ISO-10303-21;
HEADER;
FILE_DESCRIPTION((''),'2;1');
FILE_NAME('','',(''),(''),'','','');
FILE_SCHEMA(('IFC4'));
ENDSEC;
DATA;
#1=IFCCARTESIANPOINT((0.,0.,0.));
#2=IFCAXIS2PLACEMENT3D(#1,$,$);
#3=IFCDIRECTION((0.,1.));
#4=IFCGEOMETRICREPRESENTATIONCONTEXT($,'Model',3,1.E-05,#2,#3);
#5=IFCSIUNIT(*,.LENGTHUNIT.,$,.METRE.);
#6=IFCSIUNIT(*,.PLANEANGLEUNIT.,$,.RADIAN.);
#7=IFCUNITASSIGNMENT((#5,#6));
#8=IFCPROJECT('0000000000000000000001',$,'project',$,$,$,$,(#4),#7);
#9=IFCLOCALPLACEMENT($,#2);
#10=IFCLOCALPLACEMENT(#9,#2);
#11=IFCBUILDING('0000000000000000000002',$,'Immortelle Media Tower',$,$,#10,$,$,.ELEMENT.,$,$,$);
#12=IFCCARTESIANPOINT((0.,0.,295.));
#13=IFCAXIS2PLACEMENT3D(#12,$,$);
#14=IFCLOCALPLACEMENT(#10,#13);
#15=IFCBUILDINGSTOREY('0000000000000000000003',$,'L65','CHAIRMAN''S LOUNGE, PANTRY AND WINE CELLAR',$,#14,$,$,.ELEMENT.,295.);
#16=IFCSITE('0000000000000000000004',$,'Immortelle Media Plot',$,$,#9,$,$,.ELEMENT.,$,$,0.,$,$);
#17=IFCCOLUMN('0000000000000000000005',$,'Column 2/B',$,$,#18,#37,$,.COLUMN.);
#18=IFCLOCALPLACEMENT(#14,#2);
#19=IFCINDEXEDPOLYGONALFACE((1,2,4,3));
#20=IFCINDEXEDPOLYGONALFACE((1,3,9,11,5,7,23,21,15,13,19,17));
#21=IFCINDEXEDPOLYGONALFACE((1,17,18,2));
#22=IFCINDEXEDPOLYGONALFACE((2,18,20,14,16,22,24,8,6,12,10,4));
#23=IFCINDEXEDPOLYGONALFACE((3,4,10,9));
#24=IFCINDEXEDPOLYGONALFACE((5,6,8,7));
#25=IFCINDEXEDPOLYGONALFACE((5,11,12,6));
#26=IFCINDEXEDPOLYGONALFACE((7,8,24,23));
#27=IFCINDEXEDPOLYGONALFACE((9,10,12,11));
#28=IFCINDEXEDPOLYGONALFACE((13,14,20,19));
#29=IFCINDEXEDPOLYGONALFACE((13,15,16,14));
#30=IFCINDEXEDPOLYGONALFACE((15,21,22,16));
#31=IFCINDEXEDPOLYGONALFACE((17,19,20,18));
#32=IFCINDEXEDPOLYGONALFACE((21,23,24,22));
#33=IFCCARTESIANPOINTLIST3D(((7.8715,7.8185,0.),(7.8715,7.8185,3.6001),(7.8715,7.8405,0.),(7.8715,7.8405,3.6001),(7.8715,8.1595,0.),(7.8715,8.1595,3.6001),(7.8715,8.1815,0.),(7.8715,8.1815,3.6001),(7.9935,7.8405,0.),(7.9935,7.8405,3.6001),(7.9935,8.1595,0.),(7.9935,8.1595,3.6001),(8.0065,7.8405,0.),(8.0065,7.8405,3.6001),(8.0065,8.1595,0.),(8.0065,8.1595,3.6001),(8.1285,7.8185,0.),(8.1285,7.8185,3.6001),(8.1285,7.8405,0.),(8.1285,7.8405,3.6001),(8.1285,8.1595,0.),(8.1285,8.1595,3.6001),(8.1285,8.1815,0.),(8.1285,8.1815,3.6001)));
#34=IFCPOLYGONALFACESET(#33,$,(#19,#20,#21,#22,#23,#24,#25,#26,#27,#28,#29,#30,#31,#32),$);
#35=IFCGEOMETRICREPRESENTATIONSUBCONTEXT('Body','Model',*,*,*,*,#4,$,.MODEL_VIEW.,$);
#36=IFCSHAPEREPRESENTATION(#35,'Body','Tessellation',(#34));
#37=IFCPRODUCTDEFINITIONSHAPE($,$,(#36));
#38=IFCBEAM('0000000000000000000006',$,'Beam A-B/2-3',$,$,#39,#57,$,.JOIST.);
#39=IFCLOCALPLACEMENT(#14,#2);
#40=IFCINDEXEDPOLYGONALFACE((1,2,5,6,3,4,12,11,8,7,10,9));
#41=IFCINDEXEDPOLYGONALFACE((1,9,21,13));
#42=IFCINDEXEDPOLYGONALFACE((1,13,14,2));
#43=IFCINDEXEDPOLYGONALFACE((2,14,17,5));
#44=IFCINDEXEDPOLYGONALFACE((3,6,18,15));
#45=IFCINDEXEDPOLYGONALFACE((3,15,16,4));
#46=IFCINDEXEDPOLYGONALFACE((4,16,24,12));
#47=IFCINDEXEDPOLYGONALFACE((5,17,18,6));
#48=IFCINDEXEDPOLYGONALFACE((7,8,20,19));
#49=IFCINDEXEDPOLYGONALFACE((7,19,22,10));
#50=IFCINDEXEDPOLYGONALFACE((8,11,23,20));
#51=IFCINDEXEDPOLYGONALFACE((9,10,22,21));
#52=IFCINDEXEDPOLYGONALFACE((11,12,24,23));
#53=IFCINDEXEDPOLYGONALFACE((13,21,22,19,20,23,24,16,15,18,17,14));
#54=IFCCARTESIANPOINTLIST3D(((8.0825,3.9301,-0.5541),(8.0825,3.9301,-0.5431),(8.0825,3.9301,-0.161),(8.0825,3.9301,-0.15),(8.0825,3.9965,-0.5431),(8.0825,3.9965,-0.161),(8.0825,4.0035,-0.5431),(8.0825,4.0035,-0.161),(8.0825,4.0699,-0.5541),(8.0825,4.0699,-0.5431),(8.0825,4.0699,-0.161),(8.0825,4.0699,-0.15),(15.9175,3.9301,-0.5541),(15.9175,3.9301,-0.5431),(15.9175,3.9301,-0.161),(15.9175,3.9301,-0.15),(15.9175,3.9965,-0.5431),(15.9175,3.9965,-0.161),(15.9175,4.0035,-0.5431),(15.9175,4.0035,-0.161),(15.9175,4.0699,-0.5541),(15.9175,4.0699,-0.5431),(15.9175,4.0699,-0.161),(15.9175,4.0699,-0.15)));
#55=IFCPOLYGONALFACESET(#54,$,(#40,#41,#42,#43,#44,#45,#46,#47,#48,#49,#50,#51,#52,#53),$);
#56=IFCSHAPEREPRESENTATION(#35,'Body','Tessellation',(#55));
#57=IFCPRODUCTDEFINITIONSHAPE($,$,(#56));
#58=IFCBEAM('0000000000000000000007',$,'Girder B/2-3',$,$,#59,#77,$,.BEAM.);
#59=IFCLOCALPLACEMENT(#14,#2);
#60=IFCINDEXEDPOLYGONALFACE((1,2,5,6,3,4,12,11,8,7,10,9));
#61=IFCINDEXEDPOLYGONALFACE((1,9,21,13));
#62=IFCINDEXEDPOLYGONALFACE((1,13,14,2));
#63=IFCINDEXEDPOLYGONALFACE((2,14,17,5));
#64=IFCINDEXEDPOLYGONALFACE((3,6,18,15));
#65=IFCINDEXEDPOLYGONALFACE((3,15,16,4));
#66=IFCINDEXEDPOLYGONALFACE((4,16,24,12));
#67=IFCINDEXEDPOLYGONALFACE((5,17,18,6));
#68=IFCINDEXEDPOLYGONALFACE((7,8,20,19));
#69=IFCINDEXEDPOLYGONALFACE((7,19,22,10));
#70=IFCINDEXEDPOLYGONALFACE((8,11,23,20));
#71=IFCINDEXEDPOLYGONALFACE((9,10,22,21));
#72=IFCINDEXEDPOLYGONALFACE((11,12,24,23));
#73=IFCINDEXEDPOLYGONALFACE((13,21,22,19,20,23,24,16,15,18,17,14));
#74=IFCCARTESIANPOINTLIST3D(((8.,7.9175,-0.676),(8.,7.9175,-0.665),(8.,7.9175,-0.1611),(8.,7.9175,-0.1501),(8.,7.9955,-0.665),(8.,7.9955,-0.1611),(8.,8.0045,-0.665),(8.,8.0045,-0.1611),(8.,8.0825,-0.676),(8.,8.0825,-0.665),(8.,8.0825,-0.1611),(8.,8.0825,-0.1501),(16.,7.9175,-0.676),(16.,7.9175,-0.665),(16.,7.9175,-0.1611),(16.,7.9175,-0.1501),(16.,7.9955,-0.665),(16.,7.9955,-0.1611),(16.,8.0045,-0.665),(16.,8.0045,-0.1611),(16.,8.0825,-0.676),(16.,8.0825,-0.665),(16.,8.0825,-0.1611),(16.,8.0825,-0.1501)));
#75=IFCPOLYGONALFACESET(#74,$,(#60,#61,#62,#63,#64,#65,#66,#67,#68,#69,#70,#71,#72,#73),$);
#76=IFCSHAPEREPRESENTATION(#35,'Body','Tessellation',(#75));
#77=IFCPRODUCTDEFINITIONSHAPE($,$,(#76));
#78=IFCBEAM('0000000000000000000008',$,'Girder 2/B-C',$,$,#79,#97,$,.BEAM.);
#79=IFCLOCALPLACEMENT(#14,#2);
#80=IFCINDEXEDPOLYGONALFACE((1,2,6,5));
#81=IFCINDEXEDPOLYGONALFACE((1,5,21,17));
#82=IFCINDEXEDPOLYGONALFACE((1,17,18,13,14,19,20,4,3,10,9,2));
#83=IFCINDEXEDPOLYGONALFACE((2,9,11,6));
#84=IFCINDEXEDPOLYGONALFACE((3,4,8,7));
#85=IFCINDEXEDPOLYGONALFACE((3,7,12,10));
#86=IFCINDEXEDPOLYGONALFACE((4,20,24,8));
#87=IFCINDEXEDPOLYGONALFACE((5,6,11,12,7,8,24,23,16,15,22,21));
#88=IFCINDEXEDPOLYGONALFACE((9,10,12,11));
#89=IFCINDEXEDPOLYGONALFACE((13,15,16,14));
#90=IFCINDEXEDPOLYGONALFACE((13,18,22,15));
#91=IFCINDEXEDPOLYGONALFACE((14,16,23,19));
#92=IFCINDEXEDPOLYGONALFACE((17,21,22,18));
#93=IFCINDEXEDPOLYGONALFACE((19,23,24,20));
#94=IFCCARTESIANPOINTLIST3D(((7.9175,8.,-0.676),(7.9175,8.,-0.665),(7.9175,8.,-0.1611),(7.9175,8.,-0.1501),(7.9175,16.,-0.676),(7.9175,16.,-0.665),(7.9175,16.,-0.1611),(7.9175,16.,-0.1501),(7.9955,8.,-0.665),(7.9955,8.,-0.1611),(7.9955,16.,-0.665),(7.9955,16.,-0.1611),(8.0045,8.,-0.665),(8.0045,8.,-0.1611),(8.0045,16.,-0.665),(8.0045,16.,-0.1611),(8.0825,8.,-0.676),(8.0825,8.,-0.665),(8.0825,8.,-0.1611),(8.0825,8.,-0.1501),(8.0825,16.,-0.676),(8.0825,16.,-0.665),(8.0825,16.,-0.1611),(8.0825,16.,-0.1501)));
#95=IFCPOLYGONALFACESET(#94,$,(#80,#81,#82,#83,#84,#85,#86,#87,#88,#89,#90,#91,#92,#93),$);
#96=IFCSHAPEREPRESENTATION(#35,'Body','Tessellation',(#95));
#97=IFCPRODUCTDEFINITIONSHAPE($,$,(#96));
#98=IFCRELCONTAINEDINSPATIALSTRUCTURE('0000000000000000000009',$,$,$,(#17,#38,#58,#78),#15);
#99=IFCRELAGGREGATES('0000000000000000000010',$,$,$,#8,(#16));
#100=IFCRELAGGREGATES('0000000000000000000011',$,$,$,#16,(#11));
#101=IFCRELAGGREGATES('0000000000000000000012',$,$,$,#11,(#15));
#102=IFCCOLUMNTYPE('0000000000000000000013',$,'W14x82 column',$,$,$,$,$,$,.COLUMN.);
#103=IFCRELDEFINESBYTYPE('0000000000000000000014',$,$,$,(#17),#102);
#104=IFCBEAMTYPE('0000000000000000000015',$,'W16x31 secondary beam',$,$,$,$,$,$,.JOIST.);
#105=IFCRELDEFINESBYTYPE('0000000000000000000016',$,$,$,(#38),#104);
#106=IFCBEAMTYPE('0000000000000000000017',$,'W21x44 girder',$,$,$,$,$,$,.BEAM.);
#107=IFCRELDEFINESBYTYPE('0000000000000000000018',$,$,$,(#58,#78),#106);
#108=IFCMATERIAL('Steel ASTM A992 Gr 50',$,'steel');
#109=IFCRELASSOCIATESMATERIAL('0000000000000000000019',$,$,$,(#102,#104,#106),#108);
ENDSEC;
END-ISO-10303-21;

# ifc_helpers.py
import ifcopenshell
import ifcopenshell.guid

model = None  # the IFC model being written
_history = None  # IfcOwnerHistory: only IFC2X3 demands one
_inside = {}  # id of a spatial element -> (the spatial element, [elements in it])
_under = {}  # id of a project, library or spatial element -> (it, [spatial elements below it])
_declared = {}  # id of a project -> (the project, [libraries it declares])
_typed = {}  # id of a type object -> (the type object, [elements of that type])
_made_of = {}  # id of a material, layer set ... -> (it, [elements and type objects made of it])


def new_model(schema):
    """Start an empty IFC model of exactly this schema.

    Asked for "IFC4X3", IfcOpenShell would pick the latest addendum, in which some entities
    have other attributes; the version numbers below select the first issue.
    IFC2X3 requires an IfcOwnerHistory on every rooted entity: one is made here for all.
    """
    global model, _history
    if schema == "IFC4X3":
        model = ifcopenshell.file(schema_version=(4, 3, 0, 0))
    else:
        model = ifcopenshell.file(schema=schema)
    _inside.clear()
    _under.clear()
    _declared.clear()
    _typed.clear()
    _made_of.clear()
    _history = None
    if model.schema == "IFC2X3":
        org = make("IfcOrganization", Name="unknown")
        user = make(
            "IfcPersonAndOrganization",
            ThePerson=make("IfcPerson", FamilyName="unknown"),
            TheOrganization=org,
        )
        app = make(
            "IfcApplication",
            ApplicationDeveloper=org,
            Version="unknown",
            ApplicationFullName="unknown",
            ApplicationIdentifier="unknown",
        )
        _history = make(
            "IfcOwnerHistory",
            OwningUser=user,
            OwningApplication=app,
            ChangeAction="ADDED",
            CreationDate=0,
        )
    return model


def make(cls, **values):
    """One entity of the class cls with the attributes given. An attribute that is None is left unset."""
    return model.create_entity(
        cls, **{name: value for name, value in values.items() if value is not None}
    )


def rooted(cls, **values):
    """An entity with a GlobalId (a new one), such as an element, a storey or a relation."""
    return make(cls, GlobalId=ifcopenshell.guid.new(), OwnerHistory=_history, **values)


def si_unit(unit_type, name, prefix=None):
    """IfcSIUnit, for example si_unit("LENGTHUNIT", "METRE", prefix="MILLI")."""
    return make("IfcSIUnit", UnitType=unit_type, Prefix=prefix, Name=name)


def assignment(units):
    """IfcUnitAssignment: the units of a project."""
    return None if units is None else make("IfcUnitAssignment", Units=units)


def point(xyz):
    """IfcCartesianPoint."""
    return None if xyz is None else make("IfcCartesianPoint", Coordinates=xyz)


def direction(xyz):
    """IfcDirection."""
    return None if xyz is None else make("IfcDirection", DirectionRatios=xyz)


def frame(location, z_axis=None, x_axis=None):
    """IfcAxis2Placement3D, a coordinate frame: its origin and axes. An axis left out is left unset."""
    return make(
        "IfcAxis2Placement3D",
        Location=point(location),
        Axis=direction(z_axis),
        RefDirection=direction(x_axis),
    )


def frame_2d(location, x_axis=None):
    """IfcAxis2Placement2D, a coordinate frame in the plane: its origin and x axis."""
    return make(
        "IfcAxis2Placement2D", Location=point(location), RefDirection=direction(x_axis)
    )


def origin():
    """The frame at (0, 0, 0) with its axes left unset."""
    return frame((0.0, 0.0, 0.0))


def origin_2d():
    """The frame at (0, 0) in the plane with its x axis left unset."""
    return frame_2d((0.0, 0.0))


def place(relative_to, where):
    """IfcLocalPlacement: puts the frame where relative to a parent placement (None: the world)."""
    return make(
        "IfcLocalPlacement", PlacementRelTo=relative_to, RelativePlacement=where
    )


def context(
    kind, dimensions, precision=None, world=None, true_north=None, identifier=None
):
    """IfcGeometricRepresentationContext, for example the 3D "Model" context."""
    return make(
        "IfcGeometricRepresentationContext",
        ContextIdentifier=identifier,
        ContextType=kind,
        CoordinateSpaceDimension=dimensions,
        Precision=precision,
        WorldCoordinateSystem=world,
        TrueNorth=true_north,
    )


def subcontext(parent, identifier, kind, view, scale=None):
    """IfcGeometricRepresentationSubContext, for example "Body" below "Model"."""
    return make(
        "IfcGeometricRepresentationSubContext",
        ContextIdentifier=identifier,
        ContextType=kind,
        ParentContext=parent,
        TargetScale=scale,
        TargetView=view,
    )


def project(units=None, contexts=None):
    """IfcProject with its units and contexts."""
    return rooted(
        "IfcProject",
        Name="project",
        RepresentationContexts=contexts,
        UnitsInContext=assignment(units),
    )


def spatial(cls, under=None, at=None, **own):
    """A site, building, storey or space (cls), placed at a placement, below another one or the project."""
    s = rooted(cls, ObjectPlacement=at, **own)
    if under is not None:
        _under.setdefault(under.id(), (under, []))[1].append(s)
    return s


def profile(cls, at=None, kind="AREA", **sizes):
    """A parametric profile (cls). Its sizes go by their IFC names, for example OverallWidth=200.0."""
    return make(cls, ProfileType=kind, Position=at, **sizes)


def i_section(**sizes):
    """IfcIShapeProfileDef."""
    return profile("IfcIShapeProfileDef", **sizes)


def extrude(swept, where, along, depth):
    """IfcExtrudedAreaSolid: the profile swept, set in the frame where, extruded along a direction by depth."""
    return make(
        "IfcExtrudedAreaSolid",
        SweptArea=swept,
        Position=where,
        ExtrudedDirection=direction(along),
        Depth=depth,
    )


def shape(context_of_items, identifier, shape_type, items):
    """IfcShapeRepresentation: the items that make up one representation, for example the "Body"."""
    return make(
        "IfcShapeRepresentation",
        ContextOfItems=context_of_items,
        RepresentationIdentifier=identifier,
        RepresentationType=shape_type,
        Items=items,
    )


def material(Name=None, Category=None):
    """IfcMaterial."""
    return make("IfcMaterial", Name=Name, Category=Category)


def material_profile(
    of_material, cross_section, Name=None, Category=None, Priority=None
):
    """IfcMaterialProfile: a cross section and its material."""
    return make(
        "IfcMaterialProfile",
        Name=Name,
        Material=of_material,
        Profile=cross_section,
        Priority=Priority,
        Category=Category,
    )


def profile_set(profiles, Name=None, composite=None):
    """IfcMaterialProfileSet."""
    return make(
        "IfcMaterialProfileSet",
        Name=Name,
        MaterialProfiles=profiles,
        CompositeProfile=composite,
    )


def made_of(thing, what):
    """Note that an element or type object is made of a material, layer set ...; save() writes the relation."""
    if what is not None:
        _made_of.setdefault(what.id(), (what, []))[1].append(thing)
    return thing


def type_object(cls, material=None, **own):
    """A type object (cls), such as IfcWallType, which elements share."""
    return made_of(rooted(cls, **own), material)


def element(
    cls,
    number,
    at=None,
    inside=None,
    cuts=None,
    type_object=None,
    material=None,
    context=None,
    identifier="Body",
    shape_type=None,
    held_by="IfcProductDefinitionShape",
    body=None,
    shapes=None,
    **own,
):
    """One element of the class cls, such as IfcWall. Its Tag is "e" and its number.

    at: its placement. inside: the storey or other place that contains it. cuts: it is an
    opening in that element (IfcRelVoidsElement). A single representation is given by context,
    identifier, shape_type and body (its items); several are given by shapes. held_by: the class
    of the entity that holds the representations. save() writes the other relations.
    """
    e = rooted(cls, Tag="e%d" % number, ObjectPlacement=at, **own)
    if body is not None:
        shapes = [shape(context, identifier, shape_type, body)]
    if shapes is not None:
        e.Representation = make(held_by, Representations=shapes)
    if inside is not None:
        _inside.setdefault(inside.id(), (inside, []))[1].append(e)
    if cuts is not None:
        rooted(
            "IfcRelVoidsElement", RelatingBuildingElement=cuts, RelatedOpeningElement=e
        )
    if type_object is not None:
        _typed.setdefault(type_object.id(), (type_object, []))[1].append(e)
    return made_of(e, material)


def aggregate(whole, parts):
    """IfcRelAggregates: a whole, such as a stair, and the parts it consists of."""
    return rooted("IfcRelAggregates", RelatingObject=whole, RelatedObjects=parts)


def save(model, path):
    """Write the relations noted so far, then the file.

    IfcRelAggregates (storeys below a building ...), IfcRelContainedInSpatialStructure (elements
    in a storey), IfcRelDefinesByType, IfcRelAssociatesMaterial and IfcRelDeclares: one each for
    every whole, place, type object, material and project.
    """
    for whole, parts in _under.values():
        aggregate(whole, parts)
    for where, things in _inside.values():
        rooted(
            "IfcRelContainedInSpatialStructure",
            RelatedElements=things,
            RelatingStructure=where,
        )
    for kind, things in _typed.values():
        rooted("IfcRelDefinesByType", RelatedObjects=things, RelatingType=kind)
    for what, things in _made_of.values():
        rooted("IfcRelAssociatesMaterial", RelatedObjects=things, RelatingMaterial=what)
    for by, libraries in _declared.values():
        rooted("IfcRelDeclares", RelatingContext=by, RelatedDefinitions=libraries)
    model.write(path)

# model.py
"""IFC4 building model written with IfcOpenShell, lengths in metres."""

from ifc_helpers import new_model, si_unit, direction, frame, origin, origin_2d, place, context, subcontext, project, spatial, i_section, extrude, material, material_profile, profile_set, type_object, element, save


model = new_model("IFC4")

# Units and contexts
model_context = context("Model", 3, precision=1e-05, world=origin(), true_north=direction((0.0, 1.0)))
body_context = subcontext(model_context, "Body", "Model", "MODEL_VIEW")
ifc_project = project(units=[si_unit("LENGTHUNIT", "METRE"), si_unit("PLANEANGLEUNIT", "RADIAN")], contexts=[model_context])

# Site, building, storey
site_placement = place(None, origin())
site = spatial("IfcSite", under=ifc_project, at=site_placement, Name="Immortelle Media Plot", CompositionType="ELEMENT", RefElevation=0.0)
building_placement = place(site_placement, origin())
building = spatial("IfcBuilding", under=site, at=building_placement, Name="Immortelle Media Tower", CompositionType="ELEMENT")
storey_placement = place(building_placement, frame((0.0, 0.0, 295.0)))
storey = spatial("IfcBuildingStorey", under=building, at=storey_placement, Name="L65", Description="CHAIRMAN'S LOUNGE, PANTRY AND WINE CELLAR", CompositionType="ELEMENT", Elevation=295.0)

# Column
ifc_material_1 = material(Name="Steel ASTM A992 Gr 50", Category="steel")
ifc_material_profile_1 = material_profile(ifc_material_1, i_section(OverallWidth=0.2571, OverallDepth=0.363, WebThickness=0.0129, FlangeThickness=0.022, at=origin_2d()), Name="W14x82")
ifc_profile_set_1 = profile_set([ifc_material_profile_1], Name="Steel ASTM A992 Gr 50")
column_type = type_object("IfcColumnType", Name="W14x82 column", PredefinedType="COLUMN", material=ifc_profile_set_1)
column_placement = place(storey_placement, frame((8.0, 8.0, 0.0), z_axis=(0.0, 0.0, 1.0), x_axis=(1.0, 0.0, 0.0)))
element("IfcColumn", 1, at=column_placement, inside=storey, type_object=column_type, Name="Column 2/B", PredefinedType="COLUMN", context=body_context, shape_type="SweptSolid", body=[
    extrude(i_section(OverallWidth=0.2571, OverallDepth=0.363, WebThickness=0.0129, FlangeThickness=0.022, at=origin_2d()), origin(), (0.0, 0.0, 1.0), 3.6001),
])

# Beams
ifc_material_profile_2 = material_profile(ifc_material_1, i_section(OverallWidth=0.1399, OverallDepth=0.4041, WebThickness=0.0071, FlangeThickness=0.011, at=origin_2d()), Name="W16x31")
ifc_profile_set_2 = profile_set([ifc_material_profile_2], Name="Steel ASTM A992 Gr 50")
beam_type_1 = type_object("IfcBeamType", Name="W16x31 secondary beam", PredefinedType="JOIST", material=ifc_profile_set_2)
beam_placement = place(storey_placement, frame((8.0825, 4.0, -0.3521), z_axis=(1.0, 0.0, 0.0), x_axis=(0.0, 1.0, 0.0)))
element("IfcBeam", 2, at=beam_placement, inside=storey, type_object=beam_type_1, Name="Beam A-B/2-3", PredefinedType="JOIST", context=body_context, shape_type="SweptSolid", body=[
    extrude(i_section(OverallWidth=0.1399, OverallDepth=0.4041, WebThickness=0.0071, FlangeThickness=0.011, at=origin_2d()), origin(), (0.0, 0.0, 1.0), 7.835),
])
ifc_material_profile_3 = material_profile(ifc_material_1, i_section(OverallWidth=0.165, OverallDepth=0.5259, WebThickness=0.009, FlangeThickness=0.011, at=origin_2d()), Name="W21x44")
ifc_profile_set_3 = profile_set([ifc_material_profile_3], Name="Steel ASTM A992 Gr 50")
beam_type_2 = type_object("IfcBeamType", Name="W21x44 girder", PredefinedType="BEAM", material=ifc_profile_set_3)
for number, where, z_axis, x_axis, name in (
    (3, (8.0, 8.0, -0.4131), (1.0, 0.0, 0.0), (0.0, 1.0, 0.0), "Girder B/2-3"),
    (4, (8.0, 8.0, -0.4131), (0.0, 1.0, 0.0), (-1.0, 0.0, 0.0), "Girder 2/B-C"),
):
    element("IfcBeam", number, at=place(storey_placement, frame(where, z_axis=z_axis, x_axis=x_axis)), inside=storey, type_object=beam_type_2, Name=name, PredefinedType="BEAM", context=body_context, shape_type="SweptSolid", body=[
        extrude(i_section(OverallWidth=0.165, OverallDepth=0.5259, WebThickness=0.009, FlangeThickness=0.011, at=origin_2d()), origin(), (0.0, 0.0, 1.0), 8.0),
    ])

save(model, "model.ifc")
